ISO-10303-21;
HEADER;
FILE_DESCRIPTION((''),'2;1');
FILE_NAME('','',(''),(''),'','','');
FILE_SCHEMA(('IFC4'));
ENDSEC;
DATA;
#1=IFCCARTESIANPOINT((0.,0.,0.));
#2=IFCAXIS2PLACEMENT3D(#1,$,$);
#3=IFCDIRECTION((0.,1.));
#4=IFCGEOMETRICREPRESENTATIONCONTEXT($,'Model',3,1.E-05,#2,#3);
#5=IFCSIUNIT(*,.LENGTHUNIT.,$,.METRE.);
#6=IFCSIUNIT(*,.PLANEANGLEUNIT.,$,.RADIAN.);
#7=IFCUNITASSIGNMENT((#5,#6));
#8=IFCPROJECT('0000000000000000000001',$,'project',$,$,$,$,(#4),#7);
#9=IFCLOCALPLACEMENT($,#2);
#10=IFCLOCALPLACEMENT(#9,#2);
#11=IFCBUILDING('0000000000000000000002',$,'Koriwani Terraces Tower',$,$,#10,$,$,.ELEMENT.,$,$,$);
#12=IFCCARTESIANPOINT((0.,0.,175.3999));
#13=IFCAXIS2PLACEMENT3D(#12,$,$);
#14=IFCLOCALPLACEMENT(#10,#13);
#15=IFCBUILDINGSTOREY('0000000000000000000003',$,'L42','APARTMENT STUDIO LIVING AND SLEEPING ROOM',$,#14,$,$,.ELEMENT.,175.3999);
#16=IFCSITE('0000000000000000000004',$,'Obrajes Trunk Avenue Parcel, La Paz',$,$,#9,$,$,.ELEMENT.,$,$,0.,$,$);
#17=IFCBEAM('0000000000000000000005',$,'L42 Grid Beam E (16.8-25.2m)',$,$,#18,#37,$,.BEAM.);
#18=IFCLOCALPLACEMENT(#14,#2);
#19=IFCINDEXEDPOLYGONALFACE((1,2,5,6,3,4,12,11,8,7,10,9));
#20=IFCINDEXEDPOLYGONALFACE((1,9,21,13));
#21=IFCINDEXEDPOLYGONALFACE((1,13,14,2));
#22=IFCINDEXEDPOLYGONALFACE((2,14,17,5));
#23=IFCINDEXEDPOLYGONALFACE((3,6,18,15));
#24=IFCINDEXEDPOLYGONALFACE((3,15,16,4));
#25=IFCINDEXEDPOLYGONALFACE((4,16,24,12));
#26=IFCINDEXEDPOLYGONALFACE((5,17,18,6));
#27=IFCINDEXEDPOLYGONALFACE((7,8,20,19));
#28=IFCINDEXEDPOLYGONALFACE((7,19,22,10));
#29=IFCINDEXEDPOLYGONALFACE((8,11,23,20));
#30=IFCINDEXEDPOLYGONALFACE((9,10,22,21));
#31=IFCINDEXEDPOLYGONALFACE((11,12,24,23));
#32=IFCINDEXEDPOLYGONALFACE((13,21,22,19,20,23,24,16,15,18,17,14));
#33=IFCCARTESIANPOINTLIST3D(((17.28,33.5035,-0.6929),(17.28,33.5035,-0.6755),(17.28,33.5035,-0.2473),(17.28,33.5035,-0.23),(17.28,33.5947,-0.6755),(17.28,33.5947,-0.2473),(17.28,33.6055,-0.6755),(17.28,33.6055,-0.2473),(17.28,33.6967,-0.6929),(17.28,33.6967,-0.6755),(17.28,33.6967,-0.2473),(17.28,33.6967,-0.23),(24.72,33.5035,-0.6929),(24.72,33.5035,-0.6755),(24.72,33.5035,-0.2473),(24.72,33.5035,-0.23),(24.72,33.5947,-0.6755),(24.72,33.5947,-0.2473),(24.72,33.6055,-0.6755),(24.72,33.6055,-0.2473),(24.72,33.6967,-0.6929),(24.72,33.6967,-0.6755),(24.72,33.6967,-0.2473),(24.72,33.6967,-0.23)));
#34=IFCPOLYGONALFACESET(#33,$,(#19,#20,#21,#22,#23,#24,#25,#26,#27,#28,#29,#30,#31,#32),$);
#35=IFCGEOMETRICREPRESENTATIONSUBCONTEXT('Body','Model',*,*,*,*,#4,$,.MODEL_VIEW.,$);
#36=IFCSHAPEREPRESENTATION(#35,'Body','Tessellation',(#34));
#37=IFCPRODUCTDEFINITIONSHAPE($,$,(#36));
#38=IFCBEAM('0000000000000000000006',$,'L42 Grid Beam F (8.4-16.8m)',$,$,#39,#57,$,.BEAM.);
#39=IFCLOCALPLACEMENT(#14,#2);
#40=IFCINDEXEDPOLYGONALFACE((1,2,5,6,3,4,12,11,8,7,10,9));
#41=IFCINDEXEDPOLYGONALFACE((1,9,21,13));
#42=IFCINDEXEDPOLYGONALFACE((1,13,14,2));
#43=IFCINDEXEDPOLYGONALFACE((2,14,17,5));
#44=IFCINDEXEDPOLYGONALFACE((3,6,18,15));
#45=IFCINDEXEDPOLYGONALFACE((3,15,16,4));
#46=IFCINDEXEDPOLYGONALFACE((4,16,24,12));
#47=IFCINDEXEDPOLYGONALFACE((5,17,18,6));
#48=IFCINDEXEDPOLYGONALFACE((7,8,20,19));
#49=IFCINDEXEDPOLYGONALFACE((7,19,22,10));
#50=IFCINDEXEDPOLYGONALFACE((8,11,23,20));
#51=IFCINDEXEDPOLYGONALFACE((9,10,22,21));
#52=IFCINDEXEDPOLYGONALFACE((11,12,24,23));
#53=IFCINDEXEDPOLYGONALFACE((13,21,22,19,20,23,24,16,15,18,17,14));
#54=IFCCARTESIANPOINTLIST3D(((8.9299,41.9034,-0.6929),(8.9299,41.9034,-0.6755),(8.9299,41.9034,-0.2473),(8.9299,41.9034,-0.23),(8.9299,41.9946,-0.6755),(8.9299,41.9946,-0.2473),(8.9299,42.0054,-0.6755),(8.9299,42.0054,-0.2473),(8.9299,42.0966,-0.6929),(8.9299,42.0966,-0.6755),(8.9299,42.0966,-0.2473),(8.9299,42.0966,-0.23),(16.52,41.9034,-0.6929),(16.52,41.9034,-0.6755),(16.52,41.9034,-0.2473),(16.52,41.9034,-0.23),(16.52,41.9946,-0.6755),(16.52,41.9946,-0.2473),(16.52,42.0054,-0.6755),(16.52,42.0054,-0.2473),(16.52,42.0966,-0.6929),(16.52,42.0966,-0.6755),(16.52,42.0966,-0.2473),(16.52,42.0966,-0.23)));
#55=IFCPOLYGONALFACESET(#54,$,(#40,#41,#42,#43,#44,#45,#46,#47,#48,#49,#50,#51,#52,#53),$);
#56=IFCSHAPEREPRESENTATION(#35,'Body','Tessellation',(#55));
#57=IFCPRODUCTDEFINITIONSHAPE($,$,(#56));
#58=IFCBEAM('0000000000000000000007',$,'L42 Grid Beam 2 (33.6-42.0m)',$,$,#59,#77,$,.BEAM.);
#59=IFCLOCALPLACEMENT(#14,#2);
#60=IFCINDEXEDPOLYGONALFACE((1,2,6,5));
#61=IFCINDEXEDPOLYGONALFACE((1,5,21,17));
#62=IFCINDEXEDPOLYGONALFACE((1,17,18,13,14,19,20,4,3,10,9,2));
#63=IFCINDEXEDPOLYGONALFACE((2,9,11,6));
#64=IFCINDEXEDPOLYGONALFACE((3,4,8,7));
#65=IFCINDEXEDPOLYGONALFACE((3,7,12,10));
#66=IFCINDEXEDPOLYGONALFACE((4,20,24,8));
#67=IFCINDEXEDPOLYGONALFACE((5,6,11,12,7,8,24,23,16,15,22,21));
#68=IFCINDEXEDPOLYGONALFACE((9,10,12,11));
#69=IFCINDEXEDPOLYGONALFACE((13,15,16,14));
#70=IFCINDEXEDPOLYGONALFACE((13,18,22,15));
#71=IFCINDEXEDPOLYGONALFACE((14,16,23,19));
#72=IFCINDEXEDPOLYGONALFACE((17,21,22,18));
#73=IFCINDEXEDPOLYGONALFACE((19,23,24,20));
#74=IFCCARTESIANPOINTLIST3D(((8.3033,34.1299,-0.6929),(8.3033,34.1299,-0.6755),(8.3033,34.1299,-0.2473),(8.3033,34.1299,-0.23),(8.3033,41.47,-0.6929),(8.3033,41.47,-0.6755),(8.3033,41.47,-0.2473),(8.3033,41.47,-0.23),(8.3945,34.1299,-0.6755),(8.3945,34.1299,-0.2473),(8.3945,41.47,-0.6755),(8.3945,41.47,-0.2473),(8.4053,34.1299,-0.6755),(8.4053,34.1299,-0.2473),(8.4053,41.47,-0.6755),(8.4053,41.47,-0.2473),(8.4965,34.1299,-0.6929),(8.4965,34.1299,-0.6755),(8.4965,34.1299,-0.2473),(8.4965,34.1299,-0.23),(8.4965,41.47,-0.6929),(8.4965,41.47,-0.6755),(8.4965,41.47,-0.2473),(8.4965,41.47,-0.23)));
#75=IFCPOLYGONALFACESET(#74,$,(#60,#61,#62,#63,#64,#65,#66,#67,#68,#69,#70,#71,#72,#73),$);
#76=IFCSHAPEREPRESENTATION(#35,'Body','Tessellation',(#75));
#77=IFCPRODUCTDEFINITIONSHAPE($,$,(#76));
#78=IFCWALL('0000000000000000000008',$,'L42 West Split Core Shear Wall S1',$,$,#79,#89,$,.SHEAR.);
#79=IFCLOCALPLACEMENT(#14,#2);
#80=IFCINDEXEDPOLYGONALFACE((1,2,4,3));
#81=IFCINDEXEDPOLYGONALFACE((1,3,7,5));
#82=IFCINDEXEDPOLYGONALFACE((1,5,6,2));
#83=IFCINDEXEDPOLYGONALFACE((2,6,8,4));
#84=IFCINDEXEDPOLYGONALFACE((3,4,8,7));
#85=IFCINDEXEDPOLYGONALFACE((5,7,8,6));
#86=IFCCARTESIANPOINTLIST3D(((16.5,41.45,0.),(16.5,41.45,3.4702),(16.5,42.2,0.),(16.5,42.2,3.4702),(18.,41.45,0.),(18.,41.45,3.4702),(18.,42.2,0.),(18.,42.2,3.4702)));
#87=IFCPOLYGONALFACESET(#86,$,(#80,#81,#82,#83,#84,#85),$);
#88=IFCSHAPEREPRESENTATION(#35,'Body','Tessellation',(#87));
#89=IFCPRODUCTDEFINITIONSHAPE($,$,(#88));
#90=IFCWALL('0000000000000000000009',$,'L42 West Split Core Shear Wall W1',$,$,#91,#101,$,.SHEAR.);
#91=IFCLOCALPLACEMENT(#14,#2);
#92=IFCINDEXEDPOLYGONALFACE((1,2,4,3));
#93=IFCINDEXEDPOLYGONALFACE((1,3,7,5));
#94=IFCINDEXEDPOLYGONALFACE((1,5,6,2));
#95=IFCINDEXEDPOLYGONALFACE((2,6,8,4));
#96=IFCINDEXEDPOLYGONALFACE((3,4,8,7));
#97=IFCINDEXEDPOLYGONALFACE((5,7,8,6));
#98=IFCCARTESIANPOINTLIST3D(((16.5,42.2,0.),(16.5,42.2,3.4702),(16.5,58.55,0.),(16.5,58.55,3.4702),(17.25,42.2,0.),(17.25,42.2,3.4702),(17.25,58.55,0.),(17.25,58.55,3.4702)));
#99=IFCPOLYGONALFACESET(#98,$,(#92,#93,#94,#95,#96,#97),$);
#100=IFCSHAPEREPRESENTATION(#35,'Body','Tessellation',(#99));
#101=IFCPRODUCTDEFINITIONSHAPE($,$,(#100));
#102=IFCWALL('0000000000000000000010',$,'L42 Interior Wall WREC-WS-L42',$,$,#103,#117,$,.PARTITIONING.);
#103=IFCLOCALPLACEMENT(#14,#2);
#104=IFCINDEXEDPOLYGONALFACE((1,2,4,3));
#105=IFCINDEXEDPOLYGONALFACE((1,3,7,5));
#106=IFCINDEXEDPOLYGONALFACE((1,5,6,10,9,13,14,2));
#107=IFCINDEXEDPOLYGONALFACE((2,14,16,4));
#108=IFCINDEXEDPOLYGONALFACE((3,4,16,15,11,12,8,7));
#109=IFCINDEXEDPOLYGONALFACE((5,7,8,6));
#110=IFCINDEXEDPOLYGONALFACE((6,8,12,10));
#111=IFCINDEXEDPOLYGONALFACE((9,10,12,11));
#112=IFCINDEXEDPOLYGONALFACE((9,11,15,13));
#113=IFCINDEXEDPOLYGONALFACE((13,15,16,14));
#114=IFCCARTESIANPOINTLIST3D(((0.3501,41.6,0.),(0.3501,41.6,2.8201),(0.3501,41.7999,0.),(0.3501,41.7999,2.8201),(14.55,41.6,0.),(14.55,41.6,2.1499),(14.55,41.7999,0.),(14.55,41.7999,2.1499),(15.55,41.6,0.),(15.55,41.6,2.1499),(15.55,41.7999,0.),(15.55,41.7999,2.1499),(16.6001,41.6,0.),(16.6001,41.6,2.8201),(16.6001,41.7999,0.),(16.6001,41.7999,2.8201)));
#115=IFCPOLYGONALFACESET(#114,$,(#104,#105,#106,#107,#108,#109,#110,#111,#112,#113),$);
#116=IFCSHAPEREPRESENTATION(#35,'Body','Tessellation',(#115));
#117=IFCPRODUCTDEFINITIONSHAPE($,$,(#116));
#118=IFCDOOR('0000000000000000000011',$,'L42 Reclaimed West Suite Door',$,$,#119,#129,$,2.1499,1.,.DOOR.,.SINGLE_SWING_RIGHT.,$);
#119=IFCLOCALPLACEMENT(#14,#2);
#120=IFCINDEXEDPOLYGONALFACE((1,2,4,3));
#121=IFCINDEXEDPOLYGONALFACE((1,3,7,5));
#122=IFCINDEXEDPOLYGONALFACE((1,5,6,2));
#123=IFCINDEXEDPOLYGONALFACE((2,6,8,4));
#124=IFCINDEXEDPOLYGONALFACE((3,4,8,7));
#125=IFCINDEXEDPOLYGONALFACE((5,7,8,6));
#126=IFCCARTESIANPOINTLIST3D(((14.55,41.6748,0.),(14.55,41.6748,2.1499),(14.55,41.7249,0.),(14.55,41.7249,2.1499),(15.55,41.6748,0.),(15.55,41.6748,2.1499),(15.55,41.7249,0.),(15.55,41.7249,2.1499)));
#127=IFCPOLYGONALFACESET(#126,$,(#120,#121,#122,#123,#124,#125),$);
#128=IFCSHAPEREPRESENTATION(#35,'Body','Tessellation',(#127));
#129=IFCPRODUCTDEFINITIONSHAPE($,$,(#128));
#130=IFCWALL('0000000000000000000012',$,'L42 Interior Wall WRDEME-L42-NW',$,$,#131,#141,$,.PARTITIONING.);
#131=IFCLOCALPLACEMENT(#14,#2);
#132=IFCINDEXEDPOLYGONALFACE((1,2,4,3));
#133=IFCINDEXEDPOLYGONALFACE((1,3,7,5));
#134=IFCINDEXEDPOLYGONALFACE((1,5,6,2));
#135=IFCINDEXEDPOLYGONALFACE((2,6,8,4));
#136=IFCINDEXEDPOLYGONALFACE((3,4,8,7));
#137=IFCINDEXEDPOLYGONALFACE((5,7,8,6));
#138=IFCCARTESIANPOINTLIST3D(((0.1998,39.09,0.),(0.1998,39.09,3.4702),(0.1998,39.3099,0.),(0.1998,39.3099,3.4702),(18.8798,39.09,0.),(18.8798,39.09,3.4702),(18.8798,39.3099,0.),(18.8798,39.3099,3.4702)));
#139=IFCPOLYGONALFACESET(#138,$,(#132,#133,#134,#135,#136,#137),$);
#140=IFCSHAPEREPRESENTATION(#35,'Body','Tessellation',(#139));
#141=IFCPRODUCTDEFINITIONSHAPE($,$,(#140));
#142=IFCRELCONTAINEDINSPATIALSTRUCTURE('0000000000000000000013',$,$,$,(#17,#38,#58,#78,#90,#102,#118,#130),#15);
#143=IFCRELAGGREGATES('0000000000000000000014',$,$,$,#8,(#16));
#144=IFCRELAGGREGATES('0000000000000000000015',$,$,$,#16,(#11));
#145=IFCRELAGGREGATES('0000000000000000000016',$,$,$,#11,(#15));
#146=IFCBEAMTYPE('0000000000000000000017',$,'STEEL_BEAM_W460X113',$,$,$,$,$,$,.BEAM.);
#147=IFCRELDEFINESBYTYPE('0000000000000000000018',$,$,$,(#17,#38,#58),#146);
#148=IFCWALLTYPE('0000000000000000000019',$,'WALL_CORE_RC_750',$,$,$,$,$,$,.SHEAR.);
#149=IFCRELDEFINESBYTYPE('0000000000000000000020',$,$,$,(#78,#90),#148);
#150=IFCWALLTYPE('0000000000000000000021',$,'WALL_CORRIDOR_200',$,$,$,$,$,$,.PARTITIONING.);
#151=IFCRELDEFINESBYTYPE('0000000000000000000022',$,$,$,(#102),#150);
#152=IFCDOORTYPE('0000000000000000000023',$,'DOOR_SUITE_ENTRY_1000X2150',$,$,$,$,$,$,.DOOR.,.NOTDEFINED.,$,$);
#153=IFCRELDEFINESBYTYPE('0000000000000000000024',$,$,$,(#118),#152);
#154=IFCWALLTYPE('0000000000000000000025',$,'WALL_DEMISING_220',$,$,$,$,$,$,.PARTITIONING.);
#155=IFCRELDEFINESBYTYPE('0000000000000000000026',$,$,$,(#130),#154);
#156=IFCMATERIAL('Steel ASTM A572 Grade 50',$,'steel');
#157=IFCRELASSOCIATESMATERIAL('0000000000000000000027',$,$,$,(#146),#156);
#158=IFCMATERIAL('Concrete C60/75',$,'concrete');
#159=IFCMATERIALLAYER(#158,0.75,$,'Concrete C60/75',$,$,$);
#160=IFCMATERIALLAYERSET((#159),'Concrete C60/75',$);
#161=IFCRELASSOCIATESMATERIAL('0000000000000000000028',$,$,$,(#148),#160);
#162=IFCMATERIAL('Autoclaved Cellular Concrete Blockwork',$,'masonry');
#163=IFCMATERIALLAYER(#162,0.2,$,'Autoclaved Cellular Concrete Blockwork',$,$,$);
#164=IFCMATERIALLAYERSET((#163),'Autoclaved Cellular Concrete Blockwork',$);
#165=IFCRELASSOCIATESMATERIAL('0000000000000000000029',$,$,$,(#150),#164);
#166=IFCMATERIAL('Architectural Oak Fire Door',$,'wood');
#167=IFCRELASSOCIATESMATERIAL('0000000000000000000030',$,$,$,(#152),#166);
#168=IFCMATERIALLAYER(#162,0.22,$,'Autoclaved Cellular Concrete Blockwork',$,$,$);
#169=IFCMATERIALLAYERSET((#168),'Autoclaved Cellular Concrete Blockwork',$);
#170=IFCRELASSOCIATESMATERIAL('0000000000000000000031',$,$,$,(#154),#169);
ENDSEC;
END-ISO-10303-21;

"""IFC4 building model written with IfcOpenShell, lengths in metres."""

from ifc_helpers import new_model, si_unit, direction, frame, frame_2d, origin, origin_2d, place, context, subcontext, project, spatial, rectangle, i_section, extrude, material, layer, layer_set, material_profile, profile_set, type_object, element, fill, save


model = new_model("IFC4")

# Units and contexts
model_context = context("Model", 3, precision=1e-05, world=origin(), true_north=direction((0.0, 1.0)))
body_context = subcontext(model_context, "Body", "Model", "MODEL_VIEW")
ifc_project = project(units=[si_unit("LENGTHUNIT", "METRE"), si_unit("PLANEANGLEUNIT", "RADIAN")], contexts=[model_context])

# Site, building, storey
site_placement = place(None, origin())
site = spatial("IfcSite", under=ifc_project, at=site_placement, Name="Obrajes Trunk Avenue Parcel, La Paz", CompositionType="ELEMENT", RefElevation=0.0)
building_placement = place(site_placement, origin())
building = spatial("IfcBuilding", under=site, at=building_placement, Name="Koriwani Terraces Tower", CompositionType="ELEMENT")
storey_placement = place(building_placement, frame((0.0, 0.0, 175.3999)))
storey = spatial("IfcBuildingStorey", under=building, at=storey_placement, Name="L42", Description="APARTMENT STUDIO LIVING AND SLEEPING ROOM", CompositionType="ELEMENT", Elevation=175.3999)

# Beams
ifc_material_1 = material(Name="Concrete C60/75", Category="concrete")
ifc_material_2 = material(Name="Steel ASTM A572 Grade 50", Category="steel")
ifc_material_profile_1 = material_profile(ifc_material_2, i_section(OverallWidth=0.1931, OverallDepth=0.4629, WebThickness=0.0107, FlangeThickness=0.0173, at=origin_2d()), Name="Steel ASTM A572 Grade 50", Category="LoadBearing")
ifc_profile_set_1 = profile_set([ifc_material_profile_1], Name="Steel ASTM A572 Grade 50")
beam_type_1 = type_object("IfcBeamType", Name="STEEL_BEAM_W460X113", PredefinedType="BEAM", material=ifc_profile_set_1)
beam_1_placement = place(storey_placement, frame((17.28, 33.6001, -0.4614), z_axis=(1.0, 0.0, 0.0), x_axis=(0.0, 1.0, 0.0)))
element("IfcBeam", 1, at=beam_1_placement, inside=storey, type_object=beam_type_1, Name="L42 Grid Beam E (16.8-25.2m)", PredefinedType="BEAM", context=body_context, shape_type="SweptSolid", body=[
    extrude(i_section(OverallWidth=0.1931, OverallDepth=0.4629, WebThickness=0.0107, FlangeThickness=0.0173, at=origin_2d()), origin(), (0.0, 0.0, 1.0), 7.4399),
])
beam_2_placement = place(storey_placement, frame((8.9299, 42.0, -0.4614), z_axis=(1.0, 0.0, 0.0), x_axis=(0.0, 1.0, 0.0)))
element("IfcBeam", 2, at=beam_2_placement, inside=storey, type_object=beam_type_1, Name="L42 Grid Beam F (8.4-16.8m)", PredefinedType="BEAM", context=body_context, shape_type="SweptSolid", body=[
    extrude(i_section(OverallWidth=0.1931, OverallDepth=0.4629, WebThickness=0.0107, FlangeThickness=0.0173, at=origin_2d()), origin(), (0.0, 0.0, 1.0), 7.5901),
])
beam_3_placement = place(storey_placement, frame((8.3999, 34.1299, -0.4614), z_axis=(0.0, 1.0, 0.0), x_axis=(-1.0, 0.0, 0.0)))
element("IfcBeam", 3, at=beam_3_placement, inside=storey, type_object=beam_type_1, Name="L42 Grid Beam 2 (33.6-42.0m)", PredefinedType="BEAM", context=body_context, shape_type="SweptSolid", body=[
    extrude(i_section(OverallWidth=0.1931, OverallDepth=0.4629, WebThickness=0.0107, FlangeThickness=0.0173, at=origin_2d()), origin(), (0.0, 0.0, 1.0), 7.3401),
])

# Walls
ifc_layer_1 = layer(ifc_material_1, 0.75, Name="Concrete C60/75")
ifc_layer_set_1 = layer_set([ifc_layer_1], Name="Concrete C60/75")
wall_type_1 = type_object("IfcWallType", Name="WALL_CORE_RC_750", PredefinedType="SHEAR", material=ifc_layer_set_1)
wall_1_placement = place(storey_placement, frame((16.5, 41.825, 0.0), z_axis=(0.0, 0.0, 1.0), x_axis=(1.0, 0.0, 0.0)))
element("IfcWall", 4, at=wall_1_placement, inside=storey, type_object=wall_type_1, Name="L42 West Split Core Shear Wall S1", PredefinedType="SHEAR", context=body_context, shape_type="SweptSolid", body=[
    extrude(rectangle(XDim=1.5, YDim=0.75, at=frame_2d((0.75, 0.0))), origin(), (0.0, 0.0, 1.0), 3.4702),
])
wall_2_placement = place(storey_placement, frame((16.875, 42.2, 0.0), z_axis=(0.0, 0.0, 1.0), x_axis=(0.0, 1.0, 0.0)))
element("IfcWall", 5, at=wall_2_placement, inside=storey, type_object=wall_type_1, Name="L42 West Split Core Shear Wall W1", PredefinedType="SHEAR", context=body_context, shape_type="SweptSolid", body=[
    extrude(rectangle(XDim=16.3501, YDim=0.75, at=frame_2d((8.175, 0.0))), origin(), (0.0, 0.0, 1.0), 3.4702),
])

# Wall, opening, door
ifc_material_3 = material(Name="Autoclaved Cellular Concrete Blockwork", Category="masonry")
ifc_layer_2 = layer(ifc_material_3, 0.2, Name="Autoclaved Cellular Concrete Blockwork")
ifc_layer_set_2 = layer_set([ifc_layer_2], Name="Autoclaved Cellular Concrete Blockwork")
wall_type_2 = type_object("IfcWallType", Name="WALL_CORRIDOR_200", PredefinedType="PARTITIONING", material=ifc_layer_set_2)
wall_3_placement = place(storey_placement, frame((0.3501, 41.7, 0.0), z_axis=(0.0, 0.0, 1.0), x_axis=(1.0, 0.0, 0.0)))
wall_3 = element("IfcWall", 6, at=wall_3_placement, inside=storey, type_object=wall_type_2, Name="L42 Interior Wall WREC-WS-L42", PredefinedType="PARTITIONING", context=body_context, shape_type="SweptSolid", body=[
    extrude(rectangle(XDim=16.25, YDim=0.2, at=frame_2d((8.125, 0.0))), origin(), (0.0, 0.0, 1.0), 2.8201),
])
opening_1_placement = place(wall_3_placement, frame((14.2, 0.0, 0.0)))
opening_1 = element("IfcOpeningElement", 7, at=opening_1_placement, cuts=wall_3, PredefinedType="OPENING", context=body_context, shape_type="SweptSolid", body=[
    extrude(rectangle(XDim=1.0, YDim=2.1499, at=frame_2d((0.5, 1.075))), frame((0.0, 0.1099, 0.0), z_axis=(0.0, -1.0, 0.0), x_axis=(1.0, 0.0, 0.0)), (0.0, 0.0, 1.0), 0.22),
])
ifc_material_4 = material(Name="Architectural Oak Fire Door", Category="wood")
door_type_1 = type_object("IfcDoorType", Name="DOOR_SUITE_ENTRY_1000X2150", OperationType="NOTDEFINED", PredefinedType="DOOR", material=ifc_material_4)
door_1_placement = place(opening_1_placement, origin())
door_1 = element("IfcDoor", 8, at=door_1_placement, inside=storey, type_object=door_type_1, Name="L42 Reclaimed West Suite Door", OperationType="SINGLE_SWING_RIGHT", OverallHeight=2.1499, OverallWidth=1.0, PredefinedType="DOOR", context=body_context, shape_type="SweptSolid", body=[
    extrude(rectangle(XDim=1.0, YDim=2.1499, at=frame_2d((0.5, 1.075))), frame((0.0, 0.0249, 0.0), z_axis=(0.0, -1.0, 0.0), x_axis=(1.0, 0.0, 0.0)), (0.0, 0.0, 1.0), 0.05),
])
fill(opening_1, door_1)

# Wall
ifc_layer_3 = layer(ifc_material_3, 0.22, Name="Autoclaved Cellular Concrete Blockwork")
ifc_layer_set_3 = layer_set([ifc_layer_3], Name="Autoclaved Cellular Concrete Blockwork")
wall_type_3 = type_object("IfcWallType", Name="WALL_DEMISING_220", PredefinedType="PARTITIONING", material=ifc_layer_set_3)
wall_4_placement = place(storey_placement, frame((0.2, 39.2, 0.0), z_axis=(0.0, 0.0, 1.0), x_axis=(1.0, 0.0, 0.0)))
element("IfcWall", 9, at=wall_4_placement, inside=storey, type_object=wall_type_3, Name="L42 Interior Wall WRDEME-L42-NW", PredefinedType="PARTITIONING", context=body_context, shape_type="SweptSolid", body=[
    extrude(rectangle(XDim=18.6799, YDim=0.22, at=frame_2d((9.3398, 0.0))), origin(), (0.0, 0.0, 1.0), 3.4702),
])

save(model, "model.ifc")
